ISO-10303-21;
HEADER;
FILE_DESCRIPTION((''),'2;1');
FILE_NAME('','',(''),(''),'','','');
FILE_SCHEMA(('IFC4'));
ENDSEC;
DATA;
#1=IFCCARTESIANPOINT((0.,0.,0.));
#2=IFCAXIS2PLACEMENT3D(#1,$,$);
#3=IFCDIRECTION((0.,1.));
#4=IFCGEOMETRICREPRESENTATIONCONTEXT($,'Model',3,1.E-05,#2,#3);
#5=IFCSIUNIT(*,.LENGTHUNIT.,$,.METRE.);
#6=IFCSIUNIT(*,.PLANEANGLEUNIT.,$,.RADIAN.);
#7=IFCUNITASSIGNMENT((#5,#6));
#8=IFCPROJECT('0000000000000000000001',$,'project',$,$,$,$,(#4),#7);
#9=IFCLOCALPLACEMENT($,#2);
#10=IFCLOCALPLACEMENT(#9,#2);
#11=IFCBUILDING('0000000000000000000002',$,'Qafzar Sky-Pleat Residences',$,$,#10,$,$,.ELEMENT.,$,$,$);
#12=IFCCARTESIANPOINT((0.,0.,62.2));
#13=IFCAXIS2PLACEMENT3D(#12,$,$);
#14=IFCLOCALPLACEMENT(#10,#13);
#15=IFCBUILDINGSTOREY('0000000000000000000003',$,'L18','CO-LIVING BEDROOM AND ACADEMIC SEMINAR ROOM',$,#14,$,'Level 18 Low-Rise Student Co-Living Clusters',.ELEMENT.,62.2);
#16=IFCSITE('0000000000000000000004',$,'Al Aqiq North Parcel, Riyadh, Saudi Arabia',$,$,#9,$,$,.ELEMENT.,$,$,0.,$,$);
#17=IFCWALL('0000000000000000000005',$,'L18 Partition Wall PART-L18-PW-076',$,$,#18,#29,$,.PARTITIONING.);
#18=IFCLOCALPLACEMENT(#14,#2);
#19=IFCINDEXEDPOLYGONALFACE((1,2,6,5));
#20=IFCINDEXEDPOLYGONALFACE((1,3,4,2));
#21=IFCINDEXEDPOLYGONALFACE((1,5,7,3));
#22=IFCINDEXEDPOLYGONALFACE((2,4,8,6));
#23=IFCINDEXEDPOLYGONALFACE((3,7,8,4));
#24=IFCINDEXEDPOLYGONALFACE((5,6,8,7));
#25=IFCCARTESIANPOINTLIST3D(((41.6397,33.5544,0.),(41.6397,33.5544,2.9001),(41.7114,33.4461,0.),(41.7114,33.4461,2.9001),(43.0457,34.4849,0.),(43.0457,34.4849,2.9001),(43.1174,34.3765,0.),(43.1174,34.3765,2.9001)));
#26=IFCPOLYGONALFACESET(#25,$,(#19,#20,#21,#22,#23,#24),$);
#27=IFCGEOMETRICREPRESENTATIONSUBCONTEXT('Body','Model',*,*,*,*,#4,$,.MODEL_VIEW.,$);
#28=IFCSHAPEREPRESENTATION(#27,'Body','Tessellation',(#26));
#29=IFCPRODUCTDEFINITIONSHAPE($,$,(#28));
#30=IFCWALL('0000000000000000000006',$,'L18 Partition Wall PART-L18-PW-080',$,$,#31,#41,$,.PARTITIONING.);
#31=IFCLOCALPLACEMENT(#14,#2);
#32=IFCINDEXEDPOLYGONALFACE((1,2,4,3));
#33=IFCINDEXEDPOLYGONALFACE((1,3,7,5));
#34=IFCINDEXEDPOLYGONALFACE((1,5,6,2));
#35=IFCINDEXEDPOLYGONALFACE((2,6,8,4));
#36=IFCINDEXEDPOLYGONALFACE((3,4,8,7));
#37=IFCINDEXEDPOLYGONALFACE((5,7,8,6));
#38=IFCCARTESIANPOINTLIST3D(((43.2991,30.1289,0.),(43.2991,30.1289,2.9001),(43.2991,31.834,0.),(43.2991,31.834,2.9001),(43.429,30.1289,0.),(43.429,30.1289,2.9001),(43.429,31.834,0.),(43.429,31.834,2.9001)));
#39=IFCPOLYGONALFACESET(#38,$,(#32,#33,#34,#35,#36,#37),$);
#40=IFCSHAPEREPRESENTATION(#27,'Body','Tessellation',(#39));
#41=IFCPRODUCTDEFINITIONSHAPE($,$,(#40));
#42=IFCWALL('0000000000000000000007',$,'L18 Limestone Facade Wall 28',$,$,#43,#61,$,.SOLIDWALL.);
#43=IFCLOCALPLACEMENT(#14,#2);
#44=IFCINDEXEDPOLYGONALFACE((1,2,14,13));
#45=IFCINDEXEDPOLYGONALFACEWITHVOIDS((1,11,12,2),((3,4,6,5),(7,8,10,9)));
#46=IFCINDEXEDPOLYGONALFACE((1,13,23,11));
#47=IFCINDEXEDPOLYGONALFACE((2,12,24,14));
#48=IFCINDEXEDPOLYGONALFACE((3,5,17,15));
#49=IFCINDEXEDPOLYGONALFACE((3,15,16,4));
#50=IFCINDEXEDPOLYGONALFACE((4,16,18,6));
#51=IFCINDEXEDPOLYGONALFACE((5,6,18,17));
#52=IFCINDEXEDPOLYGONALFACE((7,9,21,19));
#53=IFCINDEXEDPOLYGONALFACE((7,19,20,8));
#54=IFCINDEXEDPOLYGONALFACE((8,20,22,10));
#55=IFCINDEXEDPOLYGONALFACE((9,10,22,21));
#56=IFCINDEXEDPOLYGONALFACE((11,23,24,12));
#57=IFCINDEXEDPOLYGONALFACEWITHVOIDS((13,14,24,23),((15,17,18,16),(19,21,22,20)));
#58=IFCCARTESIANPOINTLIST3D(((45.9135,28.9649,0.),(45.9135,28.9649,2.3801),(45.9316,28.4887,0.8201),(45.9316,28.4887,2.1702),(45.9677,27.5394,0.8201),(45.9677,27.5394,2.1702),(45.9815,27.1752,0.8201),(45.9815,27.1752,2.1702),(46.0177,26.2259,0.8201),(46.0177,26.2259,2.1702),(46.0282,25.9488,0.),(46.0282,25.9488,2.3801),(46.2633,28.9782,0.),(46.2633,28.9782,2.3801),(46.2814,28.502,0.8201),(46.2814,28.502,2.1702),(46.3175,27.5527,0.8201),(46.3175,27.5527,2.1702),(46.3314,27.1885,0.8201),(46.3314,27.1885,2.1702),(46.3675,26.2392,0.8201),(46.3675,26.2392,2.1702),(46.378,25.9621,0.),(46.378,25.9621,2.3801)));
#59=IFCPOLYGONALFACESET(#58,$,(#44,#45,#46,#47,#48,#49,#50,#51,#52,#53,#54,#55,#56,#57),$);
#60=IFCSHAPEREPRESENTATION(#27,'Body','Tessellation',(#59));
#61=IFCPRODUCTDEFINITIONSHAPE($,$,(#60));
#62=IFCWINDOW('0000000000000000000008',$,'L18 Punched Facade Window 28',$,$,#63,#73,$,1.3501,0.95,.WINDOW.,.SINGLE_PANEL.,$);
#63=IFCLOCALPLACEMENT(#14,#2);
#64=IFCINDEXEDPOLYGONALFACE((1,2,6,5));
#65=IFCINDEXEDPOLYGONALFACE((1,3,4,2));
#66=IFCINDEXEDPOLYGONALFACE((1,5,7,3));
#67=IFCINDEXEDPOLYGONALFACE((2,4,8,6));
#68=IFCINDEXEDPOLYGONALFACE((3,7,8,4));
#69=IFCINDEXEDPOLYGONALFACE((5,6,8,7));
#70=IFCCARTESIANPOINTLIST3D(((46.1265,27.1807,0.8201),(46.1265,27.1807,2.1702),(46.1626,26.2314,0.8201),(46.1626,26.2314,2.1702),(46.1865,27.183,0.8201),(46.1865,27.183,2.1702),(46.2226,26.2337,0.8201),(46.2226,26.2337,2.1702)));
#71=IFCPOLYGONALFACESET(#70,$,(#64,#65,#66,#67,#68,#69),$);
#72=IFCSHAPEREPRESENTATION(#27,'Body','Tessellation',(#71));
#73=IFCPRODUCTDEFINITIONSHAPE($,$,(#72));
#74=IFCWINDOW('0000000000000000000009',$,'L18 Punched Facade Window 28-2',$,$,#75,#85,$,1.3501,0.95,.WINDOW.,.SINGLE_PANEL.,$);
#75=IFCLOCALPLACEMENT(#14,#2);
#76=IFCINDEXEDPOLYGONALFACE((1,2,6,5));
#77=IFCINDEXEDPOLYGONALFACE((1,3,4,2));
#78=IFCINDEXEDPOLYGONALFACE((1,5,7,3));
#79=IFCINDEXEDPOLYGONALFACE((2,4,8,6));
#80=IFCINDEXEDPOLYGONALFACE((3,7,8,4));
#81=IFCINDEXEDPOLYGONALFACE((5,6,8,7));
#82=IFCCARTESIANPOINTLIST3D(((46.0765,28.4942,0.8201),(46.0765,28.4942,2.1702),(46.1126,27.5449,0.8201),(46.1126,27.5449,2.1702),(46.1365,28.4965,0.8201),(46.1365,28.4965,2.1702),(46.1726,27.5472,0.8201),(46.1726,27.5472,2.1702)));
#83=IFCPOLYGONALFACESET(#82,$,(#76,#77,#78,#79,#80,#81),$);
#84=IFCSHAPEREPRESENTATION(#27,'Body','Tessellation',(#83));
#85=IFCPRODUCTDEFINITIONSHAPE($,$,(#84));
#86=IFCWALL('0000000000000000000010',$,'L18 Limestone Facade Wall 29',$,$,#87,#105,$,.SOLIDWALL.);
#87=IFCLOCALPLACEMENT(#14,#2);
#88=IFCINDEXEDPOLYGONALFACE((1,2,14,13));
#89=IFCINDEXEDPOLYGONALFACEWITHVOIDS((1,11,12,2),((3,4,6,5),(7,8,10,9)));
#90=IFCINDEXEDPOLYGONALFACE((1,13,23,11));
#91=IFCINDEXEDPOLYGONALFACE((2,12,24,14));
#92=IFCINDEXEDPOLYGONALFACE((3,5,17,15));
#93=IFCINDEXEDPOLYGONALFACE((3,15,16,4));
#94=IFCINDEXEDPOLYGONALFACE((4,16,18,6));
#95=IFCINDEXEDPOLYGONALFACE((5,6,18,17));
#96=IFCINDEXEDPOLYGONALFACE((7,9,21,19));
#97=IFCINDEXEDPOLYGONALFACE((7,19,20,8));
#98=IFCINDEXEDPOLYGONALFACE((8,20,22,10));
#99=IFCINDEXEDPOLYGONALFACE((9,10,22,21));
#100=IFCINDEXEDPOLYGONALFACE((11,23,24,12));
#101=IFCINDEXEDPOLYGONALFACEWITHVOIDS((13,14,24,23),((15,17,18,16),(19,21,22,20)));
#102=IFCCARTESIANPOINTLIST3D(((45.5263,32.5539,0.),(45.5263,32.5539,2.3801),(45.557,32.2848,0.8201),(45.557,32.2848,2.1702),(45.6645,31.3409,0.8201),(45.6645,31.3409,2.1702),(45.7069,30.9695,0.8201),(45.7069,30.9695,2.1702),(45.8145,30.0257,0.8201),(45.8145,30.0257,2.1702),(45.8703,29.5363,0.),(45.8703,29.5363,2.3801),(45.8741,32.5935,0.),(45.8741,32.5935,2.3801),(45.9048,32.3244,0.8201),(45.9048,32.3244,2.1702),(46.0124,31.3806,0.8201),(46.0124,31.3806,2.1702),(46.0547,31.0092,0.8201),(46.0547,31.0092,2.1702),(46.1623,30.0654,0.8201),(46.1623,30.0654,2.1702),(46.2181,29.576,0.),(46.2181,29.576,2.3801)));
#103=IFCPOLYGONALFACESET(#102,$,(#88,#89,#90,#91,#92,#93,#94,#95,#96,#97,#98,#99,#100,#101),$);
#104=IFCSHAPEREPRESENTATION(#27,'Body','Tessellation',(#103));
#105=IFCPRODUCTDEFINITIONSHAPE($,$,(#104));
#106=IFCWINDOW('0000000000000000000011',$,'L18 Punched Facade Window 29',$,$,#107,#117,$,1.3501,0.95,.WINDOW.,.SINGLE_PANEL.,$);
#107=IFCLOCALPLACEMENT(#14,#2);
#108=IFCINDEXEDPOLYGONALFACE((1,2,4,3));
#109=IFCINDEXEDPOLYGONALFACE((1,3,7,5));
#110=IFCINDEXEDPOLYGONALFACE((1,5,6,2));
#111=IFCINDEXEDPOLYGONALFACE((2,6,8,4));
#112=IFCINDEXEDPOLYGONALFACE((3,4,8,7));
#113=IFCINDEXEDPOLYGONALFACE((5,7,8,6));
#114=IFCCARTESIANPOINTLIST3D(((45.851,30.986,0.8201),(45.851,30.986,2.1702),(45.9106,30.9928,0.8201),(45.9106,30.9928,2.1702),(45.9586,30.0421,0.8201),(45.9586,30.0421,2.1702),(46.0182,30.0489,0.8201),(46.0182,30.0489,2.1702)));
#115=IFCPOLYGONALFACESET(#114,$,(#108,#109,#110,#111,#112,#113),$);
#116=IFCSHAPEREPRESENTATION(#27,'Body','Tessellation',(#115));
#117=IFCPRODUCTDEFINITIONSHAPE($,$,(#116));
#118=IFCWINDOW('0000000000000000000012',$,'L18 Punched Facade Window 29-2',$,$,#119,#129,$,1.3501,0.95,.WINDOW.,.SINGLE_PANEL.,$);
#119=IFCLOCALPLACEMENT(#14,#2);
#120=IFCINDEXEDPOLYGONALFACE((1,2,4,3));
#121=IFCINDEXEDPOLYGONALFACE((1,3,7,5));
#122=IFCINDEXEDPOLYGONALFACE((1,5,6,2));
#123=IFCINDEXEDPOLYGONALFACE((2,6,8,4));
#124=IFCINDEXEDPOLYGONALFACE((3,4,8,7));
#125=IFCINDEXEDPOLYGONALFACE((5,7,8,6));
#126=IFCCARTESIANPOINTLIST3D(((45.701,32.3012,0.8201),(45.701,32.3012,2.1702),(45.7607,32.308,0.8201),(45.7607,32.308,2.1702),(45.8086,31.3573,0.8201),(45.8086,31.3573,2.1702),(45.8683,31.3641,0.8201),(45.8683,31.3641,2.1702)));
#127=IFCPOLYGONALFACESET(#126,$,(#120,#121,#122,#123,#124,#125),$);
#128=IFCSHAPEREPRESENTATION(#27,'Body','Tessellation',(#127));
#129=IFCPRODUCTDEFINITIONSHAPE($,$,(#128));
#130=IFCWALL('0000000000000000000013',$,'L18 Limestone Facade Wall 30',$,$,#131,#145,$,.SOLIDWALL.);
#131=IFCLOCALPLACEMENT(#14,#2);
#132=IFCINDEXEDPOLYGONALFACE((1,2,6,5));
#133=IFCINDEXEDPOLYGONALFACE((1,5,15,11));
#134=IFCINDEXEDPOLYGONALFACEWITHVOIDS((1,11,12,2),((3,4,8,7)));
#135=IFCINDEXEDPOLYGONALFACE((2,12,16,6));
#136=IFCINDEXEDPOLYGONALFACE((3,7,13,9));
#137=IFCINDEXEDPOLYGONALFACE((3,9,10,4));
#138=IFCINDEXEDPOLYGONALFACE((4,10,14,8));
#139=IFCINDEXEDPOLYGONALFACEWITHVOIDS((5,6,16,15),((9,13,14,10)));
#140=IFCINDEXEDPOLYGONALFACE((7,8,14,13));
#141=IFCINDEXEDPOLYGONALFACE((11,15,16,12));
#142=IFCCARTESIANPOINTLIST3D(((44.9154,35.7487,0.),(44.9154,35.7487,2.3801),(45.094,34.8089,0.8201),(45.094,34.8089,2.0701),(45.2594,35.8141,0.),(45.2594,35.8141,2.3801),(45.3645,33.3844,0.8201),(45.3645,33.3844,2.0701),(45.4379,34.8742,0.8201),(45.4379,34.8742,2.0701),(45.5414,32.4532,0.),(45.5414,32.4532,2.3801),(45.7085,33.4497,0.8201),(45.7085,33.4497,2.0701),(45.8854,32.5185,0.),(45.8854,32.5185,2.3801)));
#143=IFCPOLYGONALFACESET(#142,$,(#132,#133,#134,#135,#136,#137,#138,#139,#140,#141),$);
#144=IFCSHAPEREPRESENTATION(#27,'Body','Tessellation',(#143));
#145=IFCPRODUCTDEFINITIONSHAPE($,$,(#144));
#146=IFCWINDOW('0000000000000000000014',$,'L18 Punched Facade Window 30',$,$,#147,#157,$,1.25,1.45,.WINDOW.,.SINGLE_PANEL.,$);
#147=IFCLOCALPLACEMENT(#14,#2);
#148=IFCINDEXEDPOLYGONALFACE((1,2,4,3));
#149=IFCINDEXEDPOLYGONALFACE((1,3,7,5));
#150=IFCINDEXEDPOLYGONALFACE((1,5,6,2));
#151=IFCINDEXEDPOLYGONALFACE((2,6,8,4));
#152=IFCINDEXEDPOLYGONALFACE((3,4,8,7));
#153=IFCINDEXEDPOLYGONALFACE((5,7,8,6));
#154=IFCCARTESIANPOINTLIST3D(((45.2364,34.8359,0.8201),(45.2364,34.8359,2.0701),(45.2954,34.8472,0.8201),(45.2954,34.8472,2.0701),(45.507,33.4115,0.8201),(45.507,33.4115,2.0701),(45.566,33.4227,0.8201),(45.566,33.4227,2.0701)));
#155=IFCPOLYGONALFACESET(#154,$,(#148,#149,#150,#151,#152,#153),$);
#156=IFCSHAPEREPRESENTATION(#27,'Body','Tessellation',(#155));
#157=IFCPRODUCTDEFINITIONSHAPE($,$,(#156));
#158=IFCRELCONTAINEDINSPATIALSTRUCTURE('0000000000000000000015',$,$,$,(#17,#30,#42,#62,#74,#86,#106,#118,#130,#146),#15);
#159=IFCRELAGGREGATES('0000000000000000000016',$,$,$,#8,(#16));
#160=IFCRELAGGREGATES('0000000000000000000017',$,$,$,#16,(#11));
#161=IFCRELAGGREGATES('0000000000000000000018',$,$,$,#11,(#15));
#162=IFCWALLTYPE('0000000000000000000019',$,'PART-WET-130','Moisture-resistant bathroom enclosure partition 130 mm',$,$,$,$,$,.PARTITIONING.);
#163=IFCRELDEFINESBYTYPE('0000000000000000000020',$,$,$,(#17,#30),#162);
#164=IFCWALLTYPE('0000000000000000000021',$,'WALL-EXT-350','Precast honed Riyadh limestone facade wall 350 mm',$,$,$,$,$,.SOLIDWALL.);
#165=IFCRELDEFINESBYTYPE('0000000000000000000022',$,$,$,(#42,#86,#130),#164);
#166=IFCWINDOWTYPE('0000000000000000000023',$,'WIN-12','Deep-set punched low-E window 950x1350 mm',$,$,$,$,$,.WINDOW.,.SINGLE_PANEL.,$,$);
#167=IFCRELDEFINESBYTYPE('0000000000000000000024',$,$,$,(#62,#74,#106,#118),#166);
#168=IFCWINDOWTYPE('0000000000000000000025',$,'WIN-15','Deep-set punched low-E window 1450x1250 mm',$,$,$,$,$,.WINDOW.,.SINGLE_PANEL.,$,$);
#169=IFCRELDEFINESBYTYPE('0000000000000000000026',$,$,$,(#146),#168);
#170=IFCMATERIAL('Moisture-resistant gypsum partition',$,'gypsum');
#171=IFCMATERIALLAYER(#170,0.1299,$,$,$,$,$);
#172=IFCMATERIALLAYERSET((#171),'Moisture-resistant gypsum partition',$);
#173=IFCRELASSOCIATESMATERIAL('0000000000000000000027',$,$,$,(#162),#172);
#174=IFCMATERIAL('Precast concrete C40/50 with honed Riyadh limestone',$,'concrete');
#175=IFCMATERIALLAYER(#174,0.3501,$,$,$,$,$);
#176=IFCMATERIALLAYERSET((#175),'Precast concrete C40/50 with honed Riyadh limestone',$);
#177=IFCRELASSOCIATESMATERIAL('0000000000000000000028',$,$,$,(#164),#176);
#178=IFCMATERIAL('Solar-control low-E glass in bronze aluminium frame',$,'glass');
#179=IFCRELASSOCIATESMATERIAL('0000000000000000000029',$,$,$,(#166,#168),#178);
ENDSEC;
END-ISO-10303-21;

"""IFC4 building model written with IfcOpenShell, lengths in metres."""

from ifc_helpers import new_model, si_unit, direction, frame, frame_2d, origin, place, context, subcontext, project, spatial, rectangle, extrude, source, transform, mapped, material, layer, layer_set, type_object, element, fill, save


model = new_model("IFC4")

# Units and contexts
model_context = context("Model", 3, precision=1e-05, world=origin(), true_north=direction((0.0, 1.0)))
body_context = subcontext(model_context, "Body", "Model", "MODEL_VIEW")
ifc_project = project(units=[si_unit("LENGTHUNIT", "METRE"), si_unit("PLANEANGLEUNIT", "RADIAN")], contexts=[model_context])

# Site, building, storey
site_placement = place(None, origin())
site = spatial("IfcSite", under=ifc_project, at=site_placement, Name="Al Aqiq North Parcel, Riyadh, Saudi Arabia", CompositionType="ELEMENT", RefElevation=0.0)
building_placement = place(site_placement, origin())
building = spatial("IfcBuilding", under=site, at=building_placement, Name="Qafzar Sky-Pleat Residences", CompositionType="ELEMENT")
storey_placement = place(building_placement, frame((0.0, 0.0, 62.2)))
storey = spatial("IfcBuildingStorey", under=building, at=storey_placement, Name="L18", Description="CO-LIVING BEDROOM AND ACADEMIC SEMINAR ROOM", LongName="Level 18 Low-Rise Student Co-Living Clusters", CompositionType="ELEMENT", Elevation=62.2)

# Shared definitions
ifc_material_1 = material(Name="Moisture-resistant gypsum partition", Category="gypsum")
ifc_layer_1 = layer(ifc_material_1, 0.1299)
ifc_layer_set_1 = layer_set([ifc_layer_1], Name="Moisture-resistant gypsum partition")
wall_type_1 = type_object("IfcWallType", Name="PART-WET-130", Description="Moisture-resistant bathroom enclosure partition 130 mm", PredefinedType="PARTITIONING", material=ifc_layer_set_1)

# Walls
wall_1_placement = place(storey_placement, frame((41.6755, 33.5002, 0.0), z_axis=(0.0, 0.0, 1.0), x_axis=(0.833939, 0.551857, 0.0)))
element("IfcWall", 1, at=wall_1_placement, inside=storey, type_object=wall_type_1, Name="L18 Partition Wall PART-L18-PW-076", PredefinedType="PARTITIONING", context=body_context, shape_type="SweptSolid", body=[
    extrude(rectangle(XDim=1.686, YDim=0.1299, at=frame_2d((0.843, 0.0))), origin(), (0.0, 0.0, 1.0), 2.9001),
])
wall_2_placement = place(storey_placement, frame((43.364, 30.1289, 0.0), z_axis=(0.0, 0.0, 1.0), x_axis=(0.0, 1.0, 0.0)))
element("IfcWall", 2, at=wall_2_placement, inside=storey, type_object=wall_type_1, Name="L18 Partition Wall PART-L18-PW-080", PredefinedType="PARTITIONING", context=body_context, shape_type="SweptSolid", body=[
    extrude(rectangle(XDim=1.7051, YDim=0.1299, at=frame_2d((0.8525, 0.0))), origin(), (0.0, 0.0, 1.0), 2.9001),
])

# Walls, openings, windows
ifc_material_2 = material(Name="Precast concrete C40/50 with honed Riyadh limestone", Category="concrete")
ifc_layer_2 = layer(ifc_material_2, 0.3501)
ifc_layer_set_2 = layer_set([ifc_layer_2], Name="Precast concrete C40/50 with honed Riyadh limestone")
wall_type_2 = type_object("IfcWallType", Name="WALL-EXT-350", Description="Precast honed Riyadh limestone facade wall 350 mm", PredefinedType="SOLIDWALL", material=ifc_layer_set_2)
wall_3_placement = place(storey_placement, frame((46.2031, 25.9553, 0.0), z_axis=(0.0, 0.0, 1.0), x_axis=(-0.038017, 0.999277, 0.0)))
wall_3 = element("IfcWall", 3, at=wall_3_placement, inside=storey, type_object=wall_type_2, Name="L18 Limestone Facade Wall 28", PredefinedType="SOLIDWALL", context=body_context, shape_type="SweptSolid", body=[
    extrude(rectangle(XDim=3.0183, YDim=0.3501, at=frame_2d((1.5093, 0.0))), origin(), (0.0, 0.0, 1.0), 2.3801),
])
opening_1_placement = place(wall_3_placement, frame((0.2773, 0.0, 0.8201)))
opening_1 = element("IfcOpeningElement", 4, at=opening_1_placement, cuts=wall_3, PredefinedType="OPENING", context=body_context, shape_type="SweptSolid", body=[
    extrude(rectangle(XDim=0.95, YDim=1.3501, at=frame_2d((0.4751, 0.675))), frame((0.0, 0.1851, 0.0), z_axis=(0.0, -1.0, 0.0), x_axis=(1.0, 0.0, 0.0)), (0.0, 0.0, 1.0), 0.3701),
])
opening_2_placement = place(wall_3_placement, frame((1.5918, 0.0, 0.8201)))
opening_2 = element("IfcOpeningElement", 5, at=opening_2_placement, cuts=wall_3, PredefinedType="OPENING", context=body_context, shape_type="SweptSolid", body=[
    extrude(rectangle(XDim=0.95, YDim=1.3501, at=frame_2d((0.4751, 0.675))), frame((0.0, 0.1851, 0.0), z_axis=(0.0, -1.0, 0.0), x_axis=(1.0, 0.0, 0.0)), (0.0, 0.0, 1.0), 0.3701),
])
ifc_material_3 = material(Name="Solar-control low-E glass in bronze aluminium frame", Category="glass")
window_type_1 = type_object("IfcWindowType", Name="WIN-12", Description="Deep-set punched low-E window 950x1350 mm", PartitioningType="SINGLE_PANEL", PredefinedType="WINDOW", material=ifc_material_3)
shared_shape_1 = source(origin(), body_context, "Body", "SweptSolid", [
    extrude(rectangle(XDim=0.95, YDim=1.3501, at=frame_2d((0.4751, 0.675))), frame((0.0, 0.03, 0.0), z_axis=(0.0, -1.0, 0.0), x_axis=(1.0, 0.0, 0.0)), (0.0, 0.0, 1.0), 0.0601),
])
window_1_placement = place(opening_1_placement, origin())
window_1 = element("IfcWindow", 6, at=window_1_placement, inside=storey, type_object=window_type_1, Name="L18 Punched Facade Window 28", OverallHeight=1.3501, OverallWidth=0.95, PartitioningType="SINGLE_PANEL", PredefinedType="WINDOW", context=body_context, shape_type="MappedRepresentation", body=[
    mapped(shared_shape_1, transform((0.0, 0.0, 0.0), x_axis=(1.0, 0.0, 0.0), y_axis=(0.0, 1.0, 0.0), z_axis=(0.0, 0.0, 1.0), scale=1.0)),
])
fill(opening_1, window_1)
window_2_placement = place(opening_2_placement, origin())
window_2 = element("IfcWindow", 7, at=window_2_placement, inside=storey, type_object=window_type_1, Name="L18 Punched Facade Window 28-2", OverallHeight=1.3501, OverallWidth=0.95, PartitioningType="SINGLE_PANEL", PredefinedType="WINDOW", context=body_context, shape_type="MappedRepresentation", body=[
    mapped(shared_shape_1, transform((0.0, 0.0, 0.0), x_axis=(1.0, 0.0, 0.0), y_axis=(0.0, 1.0, 0.0), z_axis=(0.0, 0.0, 1.0), scale=1.0)),
])
fill(opening_2, window_2)
wall_4_placement = place(storey_placement, frame((46.0442, 29.5562, 0.0), z_axis=(0.0, 0.0, 1.0), x_axis=(-0.113263, 0.993565, 0.0)))
wall_4 = element("IfcWall", 8, at=wall_4_placement, inside=storey, type_object=wall_type_2, Name="L18 Limestone Facade Wall 29", PredefinedType="SOLIDWALL", context=body_context, shape_type="SweptSolid", body=[
    extrude(rectangle(XDim=3.0371, YDim=0.3501, at=frame_2d((1.5186, 0.0))), origin(), (0.0, 0.0, 1.0), 2.3801),
])
opening_3_placement = place(wall_4_placement, frame((0.4924, 0.0, 0.8201)))
opening_3 = element("IfcOpeningElement", 9, at=opening_3_placement, cuts=wall_4, PredefinedType="OPENING", context=body_context, shape_type="SweptSolid", body=[
    extrude(rectangle(XDim=0.95, YDim=1.3501, at=frame_2d((0.4751, 0.675))), frame((0.0, 0.1851, 0.0), z_axis=(0.0, -1.0, 0.0), x_axis=(1.0, 0.0, 0.0)), (0.0, 0.0, 1.0), 0.3701),
])
opening_4_placement = place(wall_4_placement, frame((1.8162, 0.0, 0.8201)))
opening_4 = element("IfcOpeningElement", 10, at=opening_4_placement, cuts=wall_4, PredefinedType="OPENING", context=body_context, shape_type="SweptSolid", body=[
    extrude(rectangle(XDim=0.95, YDim=1.3501, at=frame_2d((0.4751, 0.675))), frame((0.0, 0.1851, 0.0), z_axis=(0.0, -1.0, 0.0), x_axis=(1.0, 0.0, 0.0)), (0.0, 0.0, 1.0), 0.3701),
])
window_3_placement = place(opening_3_placement, origin())
window_3 = element("IfcWindow", 11, at=window_3_placement, inside=storey, type_object=window_type_1, Name="L18 Punched Facade Window 29", OverallHeight=1.3501, OverallWidth=0.95, PartitioningType="SINGLE_PANEL", PredefinedType="WINDOW", context=body_context, shape_type="MappedRepresentation", body=[
    mapped(shared_shape_1, transform((0.0, 0.0, 0.0), x_axis=(1.0, 0.0, 0.0), y_axis=(0.0, 1.0, 0.0), z_axis=(0.0, 0.0, 1.0), scale=1.0)),
])
fill(opening_3, window_3)
window_4_placement = place(opening_4_placement, origin())
window_4 = element("IfcWindow", 12, at=window_4_placement, inside=storey, type_object=window_type_1, Name="L18 Punched Facade Window 29-2", OverallHeight=1.3501, OverallWidth=0.95, PartitioningType="SINGLE_PANEL", PredefinedType="WINDOW", context=body_context, shape_type="MappedRepresentation", body=[
    mapped(shared_shape_1, transform((0.0, 0.0, 0.0), x_axis=(1.0, 0.0, 0.0), y_axis=(0.0, 1.0, 0.0), z_axis=(0.0, 0.0, 1.0), scale=1.0)),
])
fill(opening_4, window_4)

# Wall, opening, window
wall_5_placement = place(storey_placement, frame((45.7134, 32.4858, 0.0), z_axis=(0.0, 0.0, 1.0), x_axis=(-0.186604, 0.982435, 0.0)))
wall_5 = element("IfcWall", 13, at=wall_5_placement, inside=storey, type_object=wall_type_2, Name="L18 Limestone Facade Wall 30", PredefinedType="SOLIDWALL", context=body_context, shape_type="SweptSolid", body=[
    extrude(rectangle(XDim=3.3545, YDim=0.3501, at=frame_2d((1.6772, 0.0))), origin(), (0.0, 0.0, 1.0), 2.3801),
])
opening_5_placement = place(wall_5_placement, frame((0.9478, 0.0, 0.8201)))
opening_5 = element("IfcOpeningElement", 14, at=opening_5_placement, cuts=wall_5, PredefinedType="OPENING", context=body_context, shape_type="SweptSolid", body=[
    extrude(rectangle(XDim=1.45, YDim=1.25, at=frame_2d((0.7251, 0.625))), frame((0.0, 0.1851, 0.0), z_axis=(0.0, -1.0, 0.0), x_axis=(1.0, 0.0, 0.0)), (0.0, 0.0, 1.0), 0.3701),
])
window_type_2 = type_object("IfcWindowType", Name="WIN-15", Description="Deep-set punched low-E window 1450x1250 mm", PartitioningType="SINGLE_PANEL", PredefinedType="WINDOW", material=ifc_material_3)
shared_shape_2 = source(origin(), body_context, "Body", "SweptSolid", [
    extrude(rectangle(XDim=1.45, YDim=1.25, at=frame_2d((0.7251, 0.625))), frame((0.0, 0.03, 0.0), z_axis=(0.0, -1.0, 0.0), x_axis=(1.0, 0.0, 0.0)), (0.0, 0.0, 1.0), 0.0601),
])
window_5_placement = place(opening_5_placement, origin())
window_5 = element("IfcWindow", 15, at=window_5_placement, inside=storey, type_object=window_type_2, Name="L18 Punched Facade Window 30", OverallHeight=1.25, OverallWidth=1.45, PartitioningType="SINGLE_PANEL", PredefinedType="WINDOW", context=body_context, shape_type="MappedRepresentation", body=[
    mapped(shared_shape_2, transform((0.0, 0.0, 0.0), x_axis=(1.0, 0.0, 0.0), y_axis=(0.0, 1.0, 0.0), z_axis=(0.0, 0.0, 1.0), scale=1.0)),
])
fill(opening_5, window_5)

save(model, "model.ifc")
